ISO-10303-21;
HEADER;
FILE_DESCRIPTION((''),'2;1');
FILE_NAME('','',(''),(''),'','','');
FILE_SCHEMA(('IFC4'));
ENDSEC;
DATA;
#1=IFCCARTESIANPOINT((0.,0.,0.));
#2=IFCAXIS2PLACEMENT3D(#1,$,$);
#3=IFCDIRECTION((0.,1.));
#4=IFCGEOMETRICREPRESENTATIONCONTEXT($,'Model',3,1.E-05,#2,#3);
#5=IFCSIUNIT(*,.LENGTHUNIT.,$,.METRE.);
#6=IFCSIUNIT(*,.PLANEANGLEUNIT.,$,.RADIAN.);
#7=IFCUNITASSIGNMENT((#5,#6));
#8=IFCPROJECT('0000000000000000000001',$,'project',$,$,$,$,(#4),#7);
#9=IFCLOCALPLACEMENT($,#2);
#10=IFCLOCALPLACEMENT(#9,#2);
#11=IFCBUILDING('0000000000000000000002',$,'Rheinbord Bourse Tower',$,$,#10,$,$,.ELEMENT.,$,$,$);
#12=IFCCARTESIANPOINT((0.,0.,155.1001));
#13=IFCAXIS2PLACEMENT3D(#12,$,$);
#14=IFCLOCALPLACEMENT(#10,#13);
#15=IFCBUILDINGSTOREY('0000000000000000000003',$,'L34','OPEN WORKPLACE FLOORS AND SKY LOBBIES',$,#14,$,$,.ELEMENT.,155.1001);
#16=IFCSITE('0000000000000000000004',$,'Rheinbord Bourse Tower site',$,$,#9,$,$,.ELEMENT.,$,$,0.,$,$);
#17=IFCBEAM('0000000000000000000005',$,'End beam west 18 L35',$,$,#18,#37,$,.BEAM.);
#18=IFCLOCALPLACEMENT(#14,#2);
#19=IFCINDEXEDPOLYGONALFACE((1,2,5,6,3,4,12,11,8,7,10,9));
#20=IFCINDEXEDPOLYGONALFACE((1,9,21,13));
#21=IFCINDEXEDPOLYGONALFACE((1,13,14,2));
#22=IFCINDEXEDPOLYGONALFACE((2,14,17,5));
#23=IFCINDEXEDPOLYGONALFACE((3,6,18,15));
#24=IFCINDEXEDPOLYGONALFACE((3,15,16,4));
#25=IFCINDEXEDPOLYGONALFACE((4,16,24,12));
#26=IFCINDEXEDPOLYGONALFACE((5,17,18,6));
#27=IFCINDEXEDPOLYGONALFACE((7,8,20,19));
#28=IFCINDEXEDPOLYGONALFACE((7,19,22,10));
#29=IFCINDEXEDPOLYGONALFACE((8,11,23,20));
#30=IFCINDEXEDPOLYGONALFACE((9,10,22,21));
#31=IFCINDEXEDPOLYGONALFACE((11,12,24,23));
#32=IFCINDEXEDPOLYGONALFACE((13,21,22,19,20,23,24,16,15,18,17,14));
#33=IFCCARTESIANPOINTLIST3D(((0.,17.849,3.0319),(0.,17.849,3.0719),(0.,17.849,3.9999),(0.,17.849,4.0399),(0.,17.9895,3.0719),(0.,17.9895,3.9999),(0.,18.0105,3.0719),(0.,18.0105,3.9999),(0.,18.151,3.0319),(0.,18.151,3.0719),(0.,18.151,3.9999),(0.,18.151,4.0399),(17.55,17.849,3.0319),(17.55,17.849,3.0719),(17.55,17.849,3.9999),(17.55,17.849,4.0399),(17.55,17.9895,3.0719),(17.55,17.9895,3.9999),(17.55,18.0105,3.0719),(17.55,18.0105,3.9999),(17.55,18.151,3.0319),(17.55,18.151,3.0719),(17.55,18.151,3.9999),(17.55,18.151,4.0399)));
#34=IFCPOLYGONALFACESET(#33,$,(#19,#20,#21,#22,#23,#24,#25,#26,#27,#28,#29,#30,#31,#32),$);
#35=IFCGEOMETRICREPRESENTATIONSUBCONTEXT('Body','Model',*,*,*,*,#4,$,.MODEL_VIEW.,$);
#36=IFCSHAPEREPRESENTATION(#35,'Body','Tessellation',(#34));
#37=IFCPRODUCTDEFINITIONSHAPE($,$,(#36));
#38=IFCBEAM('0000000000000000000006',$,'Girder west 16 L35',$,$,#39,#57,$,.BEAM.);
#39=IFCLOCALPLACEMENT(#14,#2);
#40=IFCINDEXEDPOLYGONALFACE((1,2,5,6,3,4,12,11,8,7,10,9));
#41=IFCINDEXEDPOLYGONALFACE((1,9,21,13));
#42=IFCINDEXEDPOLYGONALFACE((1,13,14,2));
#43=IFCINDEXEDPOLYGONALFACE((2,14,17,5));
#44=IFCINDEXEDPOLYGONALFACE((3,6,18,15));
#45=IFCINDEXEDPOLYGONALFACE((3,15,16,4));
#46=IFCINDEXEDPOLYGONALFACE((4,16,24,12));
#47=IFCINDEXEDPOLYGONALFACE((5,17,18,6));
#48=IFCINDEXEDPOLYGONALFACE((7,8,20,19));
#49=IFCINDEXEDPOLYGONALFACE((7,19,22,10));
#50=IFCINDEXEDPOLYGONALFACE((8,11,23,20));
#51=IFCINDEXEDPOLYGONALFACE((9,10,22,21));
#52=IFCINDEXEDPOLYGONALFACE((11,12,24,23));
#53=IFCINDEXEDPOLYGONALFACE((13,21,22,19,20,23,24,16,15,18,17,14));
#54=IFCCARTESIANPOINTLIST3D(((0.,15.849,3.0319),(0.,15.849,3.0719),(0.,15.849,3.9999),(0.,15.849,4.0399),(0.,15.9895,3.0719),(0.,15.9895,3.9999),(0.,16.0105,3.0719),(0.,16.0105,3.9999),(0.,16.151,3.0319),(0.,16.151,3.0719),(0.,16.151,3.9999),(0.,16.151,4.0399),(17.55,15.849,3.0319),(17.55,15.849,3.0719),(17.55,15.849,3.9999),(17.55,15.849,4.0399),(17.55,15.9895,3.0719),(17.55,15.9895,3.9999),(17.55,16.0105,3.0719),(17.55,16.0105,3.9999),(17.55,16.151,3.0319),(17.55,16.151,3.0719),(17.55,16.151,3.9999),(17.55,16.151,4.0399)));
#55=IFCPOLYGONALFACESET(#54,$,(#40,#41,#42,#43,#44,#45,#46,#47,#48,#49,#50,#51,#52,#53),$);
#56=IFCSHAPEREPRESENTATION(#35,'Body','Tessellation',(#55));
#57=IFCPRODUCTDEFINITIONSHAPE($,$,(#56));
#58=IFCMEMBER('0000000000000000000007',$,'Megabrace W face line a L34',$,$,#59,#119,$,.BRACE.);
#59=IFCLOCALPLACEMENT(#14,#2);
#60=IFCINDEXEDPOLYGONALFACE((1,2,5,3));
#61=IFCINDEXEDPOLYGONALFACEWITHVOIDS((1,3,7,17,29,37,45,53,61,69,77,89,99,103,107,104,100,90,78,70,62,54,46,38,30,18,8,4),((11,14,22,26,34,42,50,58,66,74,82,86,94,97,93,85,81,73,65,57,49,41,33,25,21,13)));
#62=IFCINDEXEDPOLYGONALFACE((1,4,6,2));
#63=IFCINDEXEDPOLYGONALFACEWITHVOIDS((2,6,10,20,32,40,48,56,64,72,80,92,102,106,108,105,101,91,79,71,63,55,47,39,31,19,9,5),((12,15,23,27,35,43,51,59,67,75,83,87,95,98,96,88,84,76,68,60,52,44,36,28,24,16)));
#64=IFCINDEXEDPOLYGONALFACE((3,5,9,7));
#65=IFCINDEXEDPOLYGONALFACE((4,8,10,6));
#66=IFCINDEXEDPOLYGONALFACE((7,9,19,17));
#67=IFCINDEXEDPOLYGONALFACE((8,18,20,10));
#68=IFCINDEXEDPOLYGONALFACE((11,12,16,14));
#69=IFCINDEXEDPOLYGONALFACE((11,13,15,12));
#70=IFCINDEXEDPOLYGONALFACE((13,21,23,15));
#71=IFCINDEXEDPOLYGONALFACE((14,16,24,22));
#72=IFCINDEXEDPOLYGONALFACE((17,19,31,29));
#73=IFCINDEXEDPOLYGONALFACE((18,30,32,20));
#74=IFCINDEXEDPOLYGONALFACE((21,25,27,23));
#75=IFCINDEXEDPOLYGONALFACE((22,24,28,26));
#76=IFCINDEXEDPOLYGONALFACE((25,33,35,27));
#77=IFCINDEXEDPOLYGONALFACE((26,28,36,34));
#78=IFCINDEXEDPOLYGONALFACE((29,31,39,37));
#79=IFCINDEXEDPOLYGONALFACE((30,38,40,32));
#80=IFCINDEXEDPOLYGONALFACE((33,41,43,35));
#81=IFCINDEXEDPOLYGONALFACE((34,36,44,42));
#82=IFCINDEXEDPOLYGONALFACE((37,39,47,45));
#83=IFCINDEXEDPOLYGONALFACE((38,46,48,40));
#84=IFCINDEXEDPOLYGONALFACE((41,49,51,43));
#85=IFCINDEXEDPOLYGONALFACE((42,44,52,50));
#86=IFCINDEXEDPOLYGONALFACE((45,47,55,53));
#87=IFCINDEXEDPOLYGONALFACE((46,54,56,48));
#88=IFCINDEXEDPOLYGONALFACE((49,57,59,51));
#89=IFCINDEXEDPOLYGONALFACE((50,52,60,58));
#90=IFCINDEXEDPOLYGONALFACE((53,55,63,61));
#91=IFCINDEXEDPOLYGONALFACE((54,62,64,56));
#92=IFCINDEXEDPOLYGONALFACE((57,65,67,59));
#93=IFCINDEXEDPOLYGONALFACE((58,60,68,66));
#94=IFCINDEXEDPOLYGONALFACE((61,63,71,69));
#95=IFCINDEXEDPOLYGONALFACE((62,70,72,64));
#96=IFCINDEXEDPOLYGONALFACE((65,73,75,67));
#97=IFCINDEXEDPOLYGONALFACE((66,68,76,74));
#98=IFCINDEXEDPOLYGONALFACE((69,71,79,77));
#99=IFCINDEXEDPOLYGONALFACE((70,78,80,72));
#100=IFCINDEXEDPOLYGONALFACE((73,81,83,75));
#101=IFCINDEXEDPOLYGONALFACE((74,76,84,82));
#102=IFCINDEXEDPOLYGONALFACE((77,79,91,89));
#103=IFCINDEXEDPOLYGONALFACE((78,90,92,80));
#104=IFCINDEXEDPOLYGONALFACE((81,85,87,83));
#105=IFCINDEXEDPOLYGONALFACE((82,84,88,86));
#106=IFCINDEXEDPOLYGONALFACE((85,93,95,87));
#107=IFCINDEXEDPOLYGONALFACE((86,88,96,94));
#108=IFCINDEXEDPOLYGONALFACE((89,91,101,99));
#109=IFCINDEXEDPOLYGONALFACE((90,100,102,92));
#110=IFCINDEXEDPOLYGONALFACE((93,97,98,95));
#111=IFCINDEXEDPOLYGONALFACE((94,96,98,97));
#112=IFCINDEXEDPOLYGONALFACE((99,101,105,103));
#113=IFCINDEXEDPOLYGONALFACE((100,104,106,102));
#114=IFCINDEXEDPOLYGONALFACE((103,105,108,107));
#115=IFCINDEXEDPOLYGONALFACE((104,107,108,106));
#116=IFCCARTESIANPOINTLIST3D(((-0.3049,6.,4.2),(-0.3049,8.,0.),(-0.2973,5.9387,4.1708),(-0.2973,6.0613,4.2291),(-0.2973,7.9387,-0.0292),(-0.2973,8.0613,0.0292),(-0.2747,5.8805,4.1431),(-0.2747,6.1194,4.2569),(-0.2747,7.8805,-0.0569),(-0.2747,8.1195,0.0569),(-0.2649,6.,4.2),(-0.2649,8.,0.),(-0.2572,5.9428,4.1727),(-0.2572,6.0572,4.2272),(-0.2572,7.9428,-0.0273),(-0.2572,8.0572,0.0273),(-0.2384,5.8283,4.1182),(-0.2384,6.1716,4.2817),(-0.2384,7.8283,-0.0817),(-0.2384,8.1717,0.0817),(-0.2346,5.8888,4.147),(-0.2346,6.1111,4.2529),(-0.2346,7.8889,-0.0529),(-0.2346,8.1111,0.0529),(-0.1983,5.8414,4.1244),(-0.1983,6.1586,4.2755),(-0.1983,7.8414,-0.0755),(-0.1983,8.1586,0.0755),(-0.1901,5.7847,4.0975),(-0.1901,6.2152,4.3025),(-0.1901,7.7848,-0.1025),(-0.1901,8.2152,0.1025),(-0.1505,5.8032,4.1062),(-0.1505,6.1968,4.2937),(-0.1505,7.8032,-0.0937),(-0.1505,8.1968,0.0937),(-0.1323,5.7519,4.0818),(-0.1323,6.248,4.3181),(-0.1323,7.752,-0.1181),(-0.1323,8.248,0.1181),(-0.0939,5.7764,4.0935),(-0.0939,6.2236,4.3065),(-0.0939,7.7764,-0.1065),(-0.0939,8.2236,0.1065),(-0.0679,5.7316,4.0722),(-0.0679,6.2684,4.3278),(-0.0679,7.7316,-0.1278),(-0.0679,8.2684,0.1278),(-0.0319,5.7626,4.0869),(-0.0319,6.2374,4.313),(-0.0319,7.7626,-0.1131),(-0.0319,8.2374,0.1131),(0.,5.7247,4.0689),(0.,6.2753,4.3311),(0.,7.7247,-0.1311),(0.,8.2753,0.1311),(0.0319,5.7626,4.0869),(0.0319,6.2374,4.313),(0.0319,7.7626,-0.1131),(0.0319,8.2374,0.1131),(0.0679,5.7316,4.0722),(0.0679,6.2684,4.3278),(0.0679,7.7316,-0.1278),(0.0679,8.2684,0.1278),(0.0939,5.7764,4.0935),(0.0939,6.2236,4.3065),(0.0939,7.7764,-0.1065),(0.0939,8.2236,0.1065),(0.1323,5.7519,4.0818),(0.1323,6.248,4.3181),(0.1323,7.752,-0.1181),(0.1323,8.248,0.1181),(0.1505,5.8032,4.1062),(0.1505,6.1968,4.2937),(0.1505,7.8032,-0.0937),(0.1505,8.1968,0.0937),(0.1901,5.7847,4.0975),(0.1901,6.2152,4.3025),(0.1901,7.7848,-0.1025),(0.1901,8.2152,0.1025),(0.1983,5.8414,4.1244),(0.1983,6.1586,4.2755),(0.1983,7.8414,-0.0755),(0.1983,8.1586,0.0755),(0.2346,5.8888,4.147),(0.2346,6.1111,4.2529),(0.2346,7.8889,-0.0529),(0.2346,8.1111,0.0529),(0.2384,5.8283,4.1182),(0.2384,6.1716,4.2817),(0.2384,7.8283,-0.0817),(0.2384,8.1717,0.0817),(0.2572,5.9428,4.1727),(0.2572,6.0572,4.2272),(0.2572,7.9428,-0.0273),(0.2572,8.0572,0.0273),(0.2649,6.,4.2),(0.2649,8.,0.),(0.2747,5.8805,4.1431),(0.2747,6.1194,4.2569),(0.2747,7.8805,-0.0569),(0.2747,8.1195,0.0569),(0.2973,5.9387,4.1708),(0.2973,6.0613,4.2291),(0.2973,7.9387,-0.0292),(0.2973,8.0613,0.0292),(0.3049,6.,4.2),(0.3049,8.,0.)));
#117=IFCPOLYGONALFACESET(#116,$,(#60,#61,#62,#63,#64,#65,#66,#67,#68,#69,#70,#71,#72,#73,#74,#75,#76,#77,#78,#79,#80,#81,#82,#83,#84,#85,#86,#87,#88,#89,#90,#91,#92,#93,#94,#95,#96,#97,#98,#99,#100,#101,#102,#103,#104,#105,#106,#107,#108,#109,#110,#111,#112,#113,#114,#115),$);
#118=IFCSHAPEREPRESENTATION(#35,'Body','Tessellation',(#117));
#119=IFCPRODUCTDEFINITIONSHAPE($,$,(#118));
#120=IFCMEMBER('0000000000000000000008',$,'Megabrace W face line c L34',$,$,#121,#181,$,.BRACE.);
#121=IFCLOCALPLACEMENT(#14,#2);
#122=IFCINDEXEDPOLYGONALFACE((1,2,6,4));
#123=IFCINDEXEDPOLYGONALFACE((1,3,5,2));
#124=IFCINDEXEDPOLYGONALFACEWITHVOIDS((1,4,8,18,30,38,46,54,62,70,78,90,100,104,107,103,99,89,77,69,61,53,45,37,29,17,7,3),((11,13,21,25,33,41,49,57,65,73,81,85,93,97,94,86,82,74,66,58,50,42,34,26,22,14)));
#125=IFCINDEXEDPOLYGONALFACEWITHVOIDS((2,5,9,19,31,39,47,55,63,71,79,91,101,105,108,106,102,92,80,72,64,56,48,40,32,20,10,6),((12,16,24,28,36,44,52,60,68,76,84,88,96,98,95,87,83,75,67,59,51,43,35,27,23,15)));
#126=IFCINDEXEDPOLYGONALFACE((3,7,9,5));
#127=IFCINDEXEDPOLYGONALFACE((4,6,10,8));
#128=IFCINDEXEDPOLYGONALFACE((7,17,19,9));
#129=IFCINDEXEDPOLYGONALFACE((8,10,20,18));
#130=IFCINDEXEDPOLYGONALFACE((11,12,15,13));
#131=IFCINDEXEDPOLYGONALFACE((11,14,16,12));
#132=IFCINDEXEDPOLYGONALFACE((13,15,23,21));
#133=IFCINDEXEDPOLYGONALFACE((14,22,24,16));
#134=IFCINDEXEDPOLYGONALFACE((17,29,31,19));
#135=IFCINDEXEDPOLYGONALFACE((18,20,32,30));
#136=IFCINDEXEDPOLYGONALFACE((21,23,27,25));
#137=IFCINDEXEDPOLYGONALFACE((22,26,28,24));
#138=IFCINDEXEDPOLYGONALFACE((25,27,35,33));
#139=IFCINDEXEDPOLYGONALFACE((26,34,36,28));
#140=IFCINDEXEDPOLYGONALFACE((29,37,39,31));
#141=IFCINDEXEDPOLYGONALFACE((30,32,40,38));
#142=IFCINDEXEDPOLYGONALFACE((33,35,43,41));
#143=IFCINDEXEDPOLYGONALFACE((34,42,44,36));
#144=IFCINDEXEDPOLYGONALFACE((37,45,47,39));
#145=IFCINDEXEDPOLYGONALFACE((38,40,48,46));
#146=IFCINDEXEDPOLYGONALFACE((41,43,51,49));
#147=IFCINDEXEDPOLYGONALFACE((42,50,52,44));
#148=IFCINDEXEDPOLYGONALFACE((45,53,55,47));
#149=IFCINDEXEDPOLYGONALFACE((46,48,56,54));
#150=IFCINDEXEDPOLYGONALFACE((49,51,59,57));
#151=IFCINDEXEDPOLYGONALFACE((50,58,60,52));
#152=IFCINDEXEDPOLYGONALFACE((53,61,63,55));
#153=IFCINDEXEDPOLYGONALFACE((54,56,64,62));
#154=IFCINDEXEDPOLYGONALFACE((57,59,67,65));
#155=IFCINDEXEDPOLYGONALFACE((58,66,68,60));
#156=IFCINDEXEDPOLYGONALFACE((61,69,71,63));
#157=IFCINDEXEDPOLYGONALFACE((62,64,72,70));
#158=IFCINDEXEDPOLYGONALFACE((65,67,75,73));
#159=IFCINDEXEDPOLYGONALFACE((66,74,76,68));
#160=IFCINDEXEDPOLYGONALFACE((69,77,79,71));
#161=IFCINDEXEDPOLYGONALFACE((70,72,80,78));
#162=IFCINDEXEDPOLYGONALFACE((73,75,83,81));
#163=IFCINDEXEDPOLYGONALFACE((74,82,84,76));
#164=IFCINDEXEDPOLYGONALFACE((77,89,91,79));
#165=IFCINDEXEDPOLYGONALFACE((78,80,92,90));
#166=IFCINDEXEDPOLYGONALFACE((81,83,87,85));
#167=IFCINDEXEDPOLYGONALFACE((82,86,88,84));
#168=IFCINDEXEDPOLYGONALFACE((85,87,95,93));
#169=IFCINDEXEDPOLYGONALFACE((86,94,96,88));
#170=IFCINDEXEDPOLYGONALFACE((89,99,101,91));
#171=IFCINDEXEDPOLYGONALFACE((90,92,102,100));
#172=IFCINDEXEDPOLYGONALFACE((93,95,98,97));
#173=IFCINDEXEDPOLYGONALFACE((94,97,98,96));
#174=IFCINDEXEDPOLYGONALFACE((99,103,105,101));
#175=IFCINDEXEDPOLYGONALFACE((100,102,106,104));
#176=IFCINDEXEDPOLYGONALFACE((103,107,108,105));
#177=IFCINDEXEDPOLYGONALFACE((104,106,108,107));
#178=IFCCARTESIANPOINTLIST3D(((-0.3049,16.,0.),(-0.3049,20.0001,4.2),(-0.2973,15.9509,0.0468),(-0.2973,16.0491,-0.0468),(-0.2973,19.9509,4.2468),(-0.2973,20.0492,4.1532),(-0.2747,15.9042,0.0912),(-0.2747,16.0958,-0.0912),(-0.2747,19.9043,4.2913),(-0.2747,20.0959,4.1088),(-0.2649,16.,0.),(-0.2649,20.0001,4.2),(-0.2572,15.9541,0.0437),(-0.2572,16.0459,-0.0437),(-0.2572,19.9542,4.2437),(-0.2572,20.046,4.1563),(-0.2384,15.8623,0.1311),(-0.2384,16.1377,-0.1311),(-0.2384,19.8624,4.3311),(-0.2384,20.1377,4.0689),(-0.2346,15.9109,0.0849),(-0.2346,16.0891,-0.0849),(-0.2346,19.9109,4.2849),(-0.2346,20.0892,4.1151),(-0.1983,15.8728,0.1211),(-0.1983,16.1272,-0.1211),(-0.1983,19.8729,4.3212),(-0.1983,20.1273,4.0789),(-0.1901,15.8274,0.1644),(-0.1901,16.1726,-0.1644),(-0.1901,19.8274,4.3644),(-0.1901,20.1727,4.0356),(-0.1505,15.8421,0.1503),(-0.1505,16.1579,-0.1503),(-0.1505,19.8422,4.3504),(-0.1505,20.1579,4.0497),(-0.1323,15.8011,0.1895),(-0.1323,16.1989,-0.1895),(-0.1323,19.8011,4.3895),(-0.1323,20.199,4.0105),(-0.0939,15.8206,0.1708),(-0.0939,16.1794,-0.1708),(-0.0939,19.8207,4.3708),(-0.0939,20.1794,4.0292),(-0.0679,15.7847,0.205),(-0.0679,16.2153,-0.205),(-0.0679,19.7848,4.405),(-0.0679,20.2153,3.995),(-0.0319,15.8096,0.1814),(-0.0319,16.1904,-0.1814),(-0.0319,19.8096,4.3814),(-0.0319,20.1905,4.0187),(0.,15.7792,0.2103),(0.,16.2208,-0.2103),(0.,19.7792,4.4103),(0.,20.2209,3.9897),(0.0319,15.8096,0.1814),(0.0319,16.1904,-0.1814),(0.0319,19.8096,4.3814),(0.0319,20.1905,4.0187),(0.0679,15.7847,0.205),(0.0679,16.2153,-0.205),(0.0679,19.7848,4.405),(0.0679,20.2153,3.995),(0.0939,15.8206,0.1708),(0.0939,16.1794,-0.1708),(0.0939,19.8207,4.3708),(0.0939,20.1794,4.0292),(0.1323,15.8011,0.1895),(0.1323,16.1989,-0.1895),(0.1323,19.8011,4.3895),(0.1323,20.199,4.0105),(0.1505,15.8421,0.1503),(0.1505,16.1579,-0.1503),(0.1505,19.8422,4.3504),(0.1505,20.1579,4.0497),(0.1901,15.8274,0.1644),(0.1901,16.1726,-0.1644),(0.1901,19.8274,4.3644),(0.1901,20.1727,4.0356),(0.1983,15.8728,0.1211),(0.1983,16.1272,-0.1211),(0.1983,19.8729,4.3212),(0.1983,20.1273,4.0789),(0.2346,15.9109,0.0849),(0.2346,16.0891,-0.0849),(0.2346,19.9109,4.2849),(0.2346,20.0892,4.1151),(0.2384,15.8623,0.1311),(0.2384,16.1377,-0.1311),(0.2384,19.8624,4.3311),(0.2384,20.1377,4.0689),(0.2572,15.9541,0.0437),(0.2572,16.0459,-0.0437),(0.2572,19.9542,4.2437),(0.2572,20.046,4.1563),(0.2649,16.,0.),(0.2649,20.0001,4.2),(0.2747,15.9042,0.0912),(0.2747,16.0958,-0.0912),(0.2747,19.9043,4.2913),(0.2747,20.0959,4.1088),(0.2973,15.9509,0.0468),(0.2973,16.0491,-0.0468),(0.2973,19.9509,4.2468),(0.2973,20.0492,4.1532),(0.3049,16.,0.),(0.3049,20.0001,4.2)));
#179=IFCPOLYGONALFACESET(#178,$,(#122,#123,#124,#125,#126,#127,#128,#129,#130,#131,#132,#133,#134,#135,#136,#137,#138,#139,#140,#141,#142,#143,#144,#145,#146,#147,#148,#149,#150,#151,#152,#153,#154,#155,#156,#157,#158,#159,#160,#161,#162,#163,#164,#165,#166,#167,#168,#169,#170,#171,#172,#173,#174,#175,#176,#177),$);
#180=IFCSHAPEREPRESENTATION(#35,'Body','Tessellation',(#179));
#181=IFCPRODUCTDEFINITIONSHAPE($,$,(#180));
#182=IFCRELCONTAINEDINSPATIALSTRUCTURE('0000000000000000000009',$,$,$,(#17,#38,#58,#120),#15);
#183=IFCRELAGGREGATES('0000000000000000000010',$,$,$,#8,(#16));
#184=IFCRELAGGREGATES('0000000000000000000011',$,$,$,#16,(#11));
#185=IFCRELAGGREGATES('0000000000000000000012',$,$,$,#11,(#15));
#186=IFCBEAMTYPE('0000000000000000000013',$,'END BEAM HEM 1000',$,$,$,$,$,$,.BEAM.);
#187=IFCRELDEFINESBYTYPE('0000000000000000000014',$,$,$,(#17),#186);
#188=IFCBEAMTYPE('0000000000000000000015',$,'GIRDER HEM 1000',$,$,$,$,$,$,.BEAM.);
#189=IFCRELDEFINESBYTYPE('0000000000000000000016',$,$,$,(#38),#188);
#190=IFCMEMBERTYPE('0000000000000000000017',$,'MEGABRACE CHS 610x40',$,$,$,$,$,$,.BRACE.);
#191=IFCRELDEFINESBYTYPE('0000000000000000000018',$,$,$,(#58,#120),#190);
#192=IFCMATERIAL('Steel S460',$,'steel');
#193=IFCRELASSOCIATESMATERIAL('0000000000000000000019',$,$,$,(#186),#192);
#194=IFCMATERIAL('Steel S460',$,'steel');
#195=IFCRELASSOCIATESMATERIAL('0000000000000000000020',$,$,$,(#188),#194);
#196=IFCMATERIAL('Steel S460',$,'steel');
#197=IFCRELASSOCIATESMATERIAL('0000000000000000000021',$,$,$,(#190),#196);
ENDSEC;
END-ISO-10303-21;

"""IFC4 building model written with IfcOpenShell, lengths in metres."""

from ifc_helpers import new_model, si_unit, direction, frame, origin, origin_2d, place, context, subcontext, project, spatial, hollow_circle, i_section, extrude, material, material_profile, profile_set, type_object, element, save


model = new_model("IFC4")

# Units and contexts
model_context = context("Model", 3, precision=1e-05, world=origin(), true_north=direction((0.0, 1.0)))
body_context = subcontext(model_context, "Body", "Model", "MODEL_VIEW")
ifc_project = project(units=[si_unit("LENGTHUNIT", "METRE"), si_unit("PLANEANGLEUNIT", "RADIAN")], contexts=[model_context])

# Site, building, storey
site_placement = place(None, origin())
site = spatial("IfcSite", under=ifc_project, at=site_placement, Name="Rheinbord Bourse Tower site", CompositionType="ELEMENT", RefElevation=0.0)
building_placement = place(site_placement, origin())
building = spatial("IfcBuilding", under=site, at=building_placement, Name="Rheinbord Bourse Tower", CompositionType="ELEMENT")
storey_placement = place(building_placement, frame((0.0, 0.0, 155.1001)))
storey = spatial("IfcBuildingStorey", under=building, at=storey_placement, Name="L34", Description="OPEN WORKPLACE FLOORS AND SKY LOBBIES", CompositionType="ELEMENT", Elevation=155.1001)

# Beams
ifc_material_1 = material(Name="Steel S460", Category="steel")
ifc_material_profile_1 = material_profile(ifc_material_1, i_section(OverallWidth=0.302, OverallDepth=1.0081, WebThickness=0.021, FlangeThickness=0.04, at=origin_2d()), Name="HEM 1000")
ifc_profile_set_1 = profile_set([ifc_material_profile_1], Name="Steel S460")
beam_type_1 = type_object("IfcBeamType", Name="END BEAM HEM 1000", PredefinedType="BEAM", material=ifc_profile_set_1)
beam_1_placement = place(storey_placement, frame((0.0, 18.0, 3.5359), z_axis=(1.0, 0.0, 0.0), x_axis=(0.0, 1.0, 0.0)))
element("IfcBeam", 1, at=beam_1_placement, inside=storey, type_object=beam_type_1, Name="End beam west 18 L35", PredefinedType="BEAM", context=body_context, shape_type="SweptSolid", body=[
    extrude(i_section(OverallWidth=0.302, OverallDepth=1.0081, WebThickness=0.021, FlangeThickness=0.04, at=origin_2d()), origin(), (0.0, 0.0, 1.0), 17.55),
])
ifc_material_2 = material(Name="Steel S460", Category="steel")
ifc_material_profile_2 = material_profile(ifc_material_2, i_section(OverallWidth=0.302, OverallDepth=1.0081, WebThickness=0.021, FlangeThickness=0.04, at=origin_2d()), Name="HEM 1000")
ifc_profile_set_2 = profile_set([ifc_material_profile_2], Name="Steel S460")
beam_type_2 = type_object("IfcBeamType", Name="GIRDER HEM 1000", PredefinedType="BEAM", material=ifc_profile_set_2)
beam_2_placement = place(storey_placement, frame((0.0, 16.0, 3.5359), z_axis=(1.0, 0.0, 0.0), x_axis=(0.0, 1.0, 0.0)))
element("IfcBeam", 2, at=beam_2_placement, inside=storey, type_object=beam_type_2, Name="Girder west 16 L35", PredefinedType="BEAM", context=body_context, shape_type="SweptSolid", body=[
    extrude(i_section(OverallWidth=0.302, OverallDepth=1.0081, WebThickness=0.021, FlangeThickness=0.04, at=origin_2d()), origin(), (0.0, 0.0, 1.0), 17.55),
])

# Members
ifc_material_3 = material(Name="Steel S460", Category="steel")
ifc_material_profile_3 = material_profile(ifc_material_3, hollow_circle(Radius=0.3049, WallThickness=0.04, at=origin_2d()), Name="CHS 610x40")
ifc_profile_set_3 = profile_set([ifc_material_profile_3], Name="Steel S460")
member_type_1 = type_object("IfcMemberType", Name="MEGABRACE CHS 610x40", PredefinedType="BRACE", material=ifc_profile_set_3)
member_1_placement = place(storey_placement, frame((0.0, 8.0, 0.0), z_axis=(0.0, -0.429938, 0.902859), x_axis=(1.0, 0.0, 0.0)))
element("IfcMember", 3, at=member_1_placement, inside=storey, type_object=member_type_1, Name="Megabrace W face line a L34", PredefinedType="BRACE", context=body_context, shape_type="SweptSolid", body=[
    extrude(hollow_circle(Radius=0.3049, WallThickness=0.04, at=origin_2d()), origin(), (0.0, 0.0, 1.0), 4.6519),
])
member_2_placement = place(storey_placement, frame((0.0, 16.0, 0.0), z_axis=(0.0, 0.689659, 0.724134), x_axis=(-1.0, 0.0, 0.0)))
element("IfcMember", 4, at=member_2_placement, inside=storey, type_object=member_type_1, Name="Megabrace W face line c L34", PredefinedType="BRACE", context=body_context, shape_type="SweptSolid", body=[
    extrude(hollow_circle(Radius=0.3049, WallThickness=0.04, at=origin_2d()), origin(), (0.0, 0.0, 1.0), 5.8),
])

save(model, "model.ifc")
